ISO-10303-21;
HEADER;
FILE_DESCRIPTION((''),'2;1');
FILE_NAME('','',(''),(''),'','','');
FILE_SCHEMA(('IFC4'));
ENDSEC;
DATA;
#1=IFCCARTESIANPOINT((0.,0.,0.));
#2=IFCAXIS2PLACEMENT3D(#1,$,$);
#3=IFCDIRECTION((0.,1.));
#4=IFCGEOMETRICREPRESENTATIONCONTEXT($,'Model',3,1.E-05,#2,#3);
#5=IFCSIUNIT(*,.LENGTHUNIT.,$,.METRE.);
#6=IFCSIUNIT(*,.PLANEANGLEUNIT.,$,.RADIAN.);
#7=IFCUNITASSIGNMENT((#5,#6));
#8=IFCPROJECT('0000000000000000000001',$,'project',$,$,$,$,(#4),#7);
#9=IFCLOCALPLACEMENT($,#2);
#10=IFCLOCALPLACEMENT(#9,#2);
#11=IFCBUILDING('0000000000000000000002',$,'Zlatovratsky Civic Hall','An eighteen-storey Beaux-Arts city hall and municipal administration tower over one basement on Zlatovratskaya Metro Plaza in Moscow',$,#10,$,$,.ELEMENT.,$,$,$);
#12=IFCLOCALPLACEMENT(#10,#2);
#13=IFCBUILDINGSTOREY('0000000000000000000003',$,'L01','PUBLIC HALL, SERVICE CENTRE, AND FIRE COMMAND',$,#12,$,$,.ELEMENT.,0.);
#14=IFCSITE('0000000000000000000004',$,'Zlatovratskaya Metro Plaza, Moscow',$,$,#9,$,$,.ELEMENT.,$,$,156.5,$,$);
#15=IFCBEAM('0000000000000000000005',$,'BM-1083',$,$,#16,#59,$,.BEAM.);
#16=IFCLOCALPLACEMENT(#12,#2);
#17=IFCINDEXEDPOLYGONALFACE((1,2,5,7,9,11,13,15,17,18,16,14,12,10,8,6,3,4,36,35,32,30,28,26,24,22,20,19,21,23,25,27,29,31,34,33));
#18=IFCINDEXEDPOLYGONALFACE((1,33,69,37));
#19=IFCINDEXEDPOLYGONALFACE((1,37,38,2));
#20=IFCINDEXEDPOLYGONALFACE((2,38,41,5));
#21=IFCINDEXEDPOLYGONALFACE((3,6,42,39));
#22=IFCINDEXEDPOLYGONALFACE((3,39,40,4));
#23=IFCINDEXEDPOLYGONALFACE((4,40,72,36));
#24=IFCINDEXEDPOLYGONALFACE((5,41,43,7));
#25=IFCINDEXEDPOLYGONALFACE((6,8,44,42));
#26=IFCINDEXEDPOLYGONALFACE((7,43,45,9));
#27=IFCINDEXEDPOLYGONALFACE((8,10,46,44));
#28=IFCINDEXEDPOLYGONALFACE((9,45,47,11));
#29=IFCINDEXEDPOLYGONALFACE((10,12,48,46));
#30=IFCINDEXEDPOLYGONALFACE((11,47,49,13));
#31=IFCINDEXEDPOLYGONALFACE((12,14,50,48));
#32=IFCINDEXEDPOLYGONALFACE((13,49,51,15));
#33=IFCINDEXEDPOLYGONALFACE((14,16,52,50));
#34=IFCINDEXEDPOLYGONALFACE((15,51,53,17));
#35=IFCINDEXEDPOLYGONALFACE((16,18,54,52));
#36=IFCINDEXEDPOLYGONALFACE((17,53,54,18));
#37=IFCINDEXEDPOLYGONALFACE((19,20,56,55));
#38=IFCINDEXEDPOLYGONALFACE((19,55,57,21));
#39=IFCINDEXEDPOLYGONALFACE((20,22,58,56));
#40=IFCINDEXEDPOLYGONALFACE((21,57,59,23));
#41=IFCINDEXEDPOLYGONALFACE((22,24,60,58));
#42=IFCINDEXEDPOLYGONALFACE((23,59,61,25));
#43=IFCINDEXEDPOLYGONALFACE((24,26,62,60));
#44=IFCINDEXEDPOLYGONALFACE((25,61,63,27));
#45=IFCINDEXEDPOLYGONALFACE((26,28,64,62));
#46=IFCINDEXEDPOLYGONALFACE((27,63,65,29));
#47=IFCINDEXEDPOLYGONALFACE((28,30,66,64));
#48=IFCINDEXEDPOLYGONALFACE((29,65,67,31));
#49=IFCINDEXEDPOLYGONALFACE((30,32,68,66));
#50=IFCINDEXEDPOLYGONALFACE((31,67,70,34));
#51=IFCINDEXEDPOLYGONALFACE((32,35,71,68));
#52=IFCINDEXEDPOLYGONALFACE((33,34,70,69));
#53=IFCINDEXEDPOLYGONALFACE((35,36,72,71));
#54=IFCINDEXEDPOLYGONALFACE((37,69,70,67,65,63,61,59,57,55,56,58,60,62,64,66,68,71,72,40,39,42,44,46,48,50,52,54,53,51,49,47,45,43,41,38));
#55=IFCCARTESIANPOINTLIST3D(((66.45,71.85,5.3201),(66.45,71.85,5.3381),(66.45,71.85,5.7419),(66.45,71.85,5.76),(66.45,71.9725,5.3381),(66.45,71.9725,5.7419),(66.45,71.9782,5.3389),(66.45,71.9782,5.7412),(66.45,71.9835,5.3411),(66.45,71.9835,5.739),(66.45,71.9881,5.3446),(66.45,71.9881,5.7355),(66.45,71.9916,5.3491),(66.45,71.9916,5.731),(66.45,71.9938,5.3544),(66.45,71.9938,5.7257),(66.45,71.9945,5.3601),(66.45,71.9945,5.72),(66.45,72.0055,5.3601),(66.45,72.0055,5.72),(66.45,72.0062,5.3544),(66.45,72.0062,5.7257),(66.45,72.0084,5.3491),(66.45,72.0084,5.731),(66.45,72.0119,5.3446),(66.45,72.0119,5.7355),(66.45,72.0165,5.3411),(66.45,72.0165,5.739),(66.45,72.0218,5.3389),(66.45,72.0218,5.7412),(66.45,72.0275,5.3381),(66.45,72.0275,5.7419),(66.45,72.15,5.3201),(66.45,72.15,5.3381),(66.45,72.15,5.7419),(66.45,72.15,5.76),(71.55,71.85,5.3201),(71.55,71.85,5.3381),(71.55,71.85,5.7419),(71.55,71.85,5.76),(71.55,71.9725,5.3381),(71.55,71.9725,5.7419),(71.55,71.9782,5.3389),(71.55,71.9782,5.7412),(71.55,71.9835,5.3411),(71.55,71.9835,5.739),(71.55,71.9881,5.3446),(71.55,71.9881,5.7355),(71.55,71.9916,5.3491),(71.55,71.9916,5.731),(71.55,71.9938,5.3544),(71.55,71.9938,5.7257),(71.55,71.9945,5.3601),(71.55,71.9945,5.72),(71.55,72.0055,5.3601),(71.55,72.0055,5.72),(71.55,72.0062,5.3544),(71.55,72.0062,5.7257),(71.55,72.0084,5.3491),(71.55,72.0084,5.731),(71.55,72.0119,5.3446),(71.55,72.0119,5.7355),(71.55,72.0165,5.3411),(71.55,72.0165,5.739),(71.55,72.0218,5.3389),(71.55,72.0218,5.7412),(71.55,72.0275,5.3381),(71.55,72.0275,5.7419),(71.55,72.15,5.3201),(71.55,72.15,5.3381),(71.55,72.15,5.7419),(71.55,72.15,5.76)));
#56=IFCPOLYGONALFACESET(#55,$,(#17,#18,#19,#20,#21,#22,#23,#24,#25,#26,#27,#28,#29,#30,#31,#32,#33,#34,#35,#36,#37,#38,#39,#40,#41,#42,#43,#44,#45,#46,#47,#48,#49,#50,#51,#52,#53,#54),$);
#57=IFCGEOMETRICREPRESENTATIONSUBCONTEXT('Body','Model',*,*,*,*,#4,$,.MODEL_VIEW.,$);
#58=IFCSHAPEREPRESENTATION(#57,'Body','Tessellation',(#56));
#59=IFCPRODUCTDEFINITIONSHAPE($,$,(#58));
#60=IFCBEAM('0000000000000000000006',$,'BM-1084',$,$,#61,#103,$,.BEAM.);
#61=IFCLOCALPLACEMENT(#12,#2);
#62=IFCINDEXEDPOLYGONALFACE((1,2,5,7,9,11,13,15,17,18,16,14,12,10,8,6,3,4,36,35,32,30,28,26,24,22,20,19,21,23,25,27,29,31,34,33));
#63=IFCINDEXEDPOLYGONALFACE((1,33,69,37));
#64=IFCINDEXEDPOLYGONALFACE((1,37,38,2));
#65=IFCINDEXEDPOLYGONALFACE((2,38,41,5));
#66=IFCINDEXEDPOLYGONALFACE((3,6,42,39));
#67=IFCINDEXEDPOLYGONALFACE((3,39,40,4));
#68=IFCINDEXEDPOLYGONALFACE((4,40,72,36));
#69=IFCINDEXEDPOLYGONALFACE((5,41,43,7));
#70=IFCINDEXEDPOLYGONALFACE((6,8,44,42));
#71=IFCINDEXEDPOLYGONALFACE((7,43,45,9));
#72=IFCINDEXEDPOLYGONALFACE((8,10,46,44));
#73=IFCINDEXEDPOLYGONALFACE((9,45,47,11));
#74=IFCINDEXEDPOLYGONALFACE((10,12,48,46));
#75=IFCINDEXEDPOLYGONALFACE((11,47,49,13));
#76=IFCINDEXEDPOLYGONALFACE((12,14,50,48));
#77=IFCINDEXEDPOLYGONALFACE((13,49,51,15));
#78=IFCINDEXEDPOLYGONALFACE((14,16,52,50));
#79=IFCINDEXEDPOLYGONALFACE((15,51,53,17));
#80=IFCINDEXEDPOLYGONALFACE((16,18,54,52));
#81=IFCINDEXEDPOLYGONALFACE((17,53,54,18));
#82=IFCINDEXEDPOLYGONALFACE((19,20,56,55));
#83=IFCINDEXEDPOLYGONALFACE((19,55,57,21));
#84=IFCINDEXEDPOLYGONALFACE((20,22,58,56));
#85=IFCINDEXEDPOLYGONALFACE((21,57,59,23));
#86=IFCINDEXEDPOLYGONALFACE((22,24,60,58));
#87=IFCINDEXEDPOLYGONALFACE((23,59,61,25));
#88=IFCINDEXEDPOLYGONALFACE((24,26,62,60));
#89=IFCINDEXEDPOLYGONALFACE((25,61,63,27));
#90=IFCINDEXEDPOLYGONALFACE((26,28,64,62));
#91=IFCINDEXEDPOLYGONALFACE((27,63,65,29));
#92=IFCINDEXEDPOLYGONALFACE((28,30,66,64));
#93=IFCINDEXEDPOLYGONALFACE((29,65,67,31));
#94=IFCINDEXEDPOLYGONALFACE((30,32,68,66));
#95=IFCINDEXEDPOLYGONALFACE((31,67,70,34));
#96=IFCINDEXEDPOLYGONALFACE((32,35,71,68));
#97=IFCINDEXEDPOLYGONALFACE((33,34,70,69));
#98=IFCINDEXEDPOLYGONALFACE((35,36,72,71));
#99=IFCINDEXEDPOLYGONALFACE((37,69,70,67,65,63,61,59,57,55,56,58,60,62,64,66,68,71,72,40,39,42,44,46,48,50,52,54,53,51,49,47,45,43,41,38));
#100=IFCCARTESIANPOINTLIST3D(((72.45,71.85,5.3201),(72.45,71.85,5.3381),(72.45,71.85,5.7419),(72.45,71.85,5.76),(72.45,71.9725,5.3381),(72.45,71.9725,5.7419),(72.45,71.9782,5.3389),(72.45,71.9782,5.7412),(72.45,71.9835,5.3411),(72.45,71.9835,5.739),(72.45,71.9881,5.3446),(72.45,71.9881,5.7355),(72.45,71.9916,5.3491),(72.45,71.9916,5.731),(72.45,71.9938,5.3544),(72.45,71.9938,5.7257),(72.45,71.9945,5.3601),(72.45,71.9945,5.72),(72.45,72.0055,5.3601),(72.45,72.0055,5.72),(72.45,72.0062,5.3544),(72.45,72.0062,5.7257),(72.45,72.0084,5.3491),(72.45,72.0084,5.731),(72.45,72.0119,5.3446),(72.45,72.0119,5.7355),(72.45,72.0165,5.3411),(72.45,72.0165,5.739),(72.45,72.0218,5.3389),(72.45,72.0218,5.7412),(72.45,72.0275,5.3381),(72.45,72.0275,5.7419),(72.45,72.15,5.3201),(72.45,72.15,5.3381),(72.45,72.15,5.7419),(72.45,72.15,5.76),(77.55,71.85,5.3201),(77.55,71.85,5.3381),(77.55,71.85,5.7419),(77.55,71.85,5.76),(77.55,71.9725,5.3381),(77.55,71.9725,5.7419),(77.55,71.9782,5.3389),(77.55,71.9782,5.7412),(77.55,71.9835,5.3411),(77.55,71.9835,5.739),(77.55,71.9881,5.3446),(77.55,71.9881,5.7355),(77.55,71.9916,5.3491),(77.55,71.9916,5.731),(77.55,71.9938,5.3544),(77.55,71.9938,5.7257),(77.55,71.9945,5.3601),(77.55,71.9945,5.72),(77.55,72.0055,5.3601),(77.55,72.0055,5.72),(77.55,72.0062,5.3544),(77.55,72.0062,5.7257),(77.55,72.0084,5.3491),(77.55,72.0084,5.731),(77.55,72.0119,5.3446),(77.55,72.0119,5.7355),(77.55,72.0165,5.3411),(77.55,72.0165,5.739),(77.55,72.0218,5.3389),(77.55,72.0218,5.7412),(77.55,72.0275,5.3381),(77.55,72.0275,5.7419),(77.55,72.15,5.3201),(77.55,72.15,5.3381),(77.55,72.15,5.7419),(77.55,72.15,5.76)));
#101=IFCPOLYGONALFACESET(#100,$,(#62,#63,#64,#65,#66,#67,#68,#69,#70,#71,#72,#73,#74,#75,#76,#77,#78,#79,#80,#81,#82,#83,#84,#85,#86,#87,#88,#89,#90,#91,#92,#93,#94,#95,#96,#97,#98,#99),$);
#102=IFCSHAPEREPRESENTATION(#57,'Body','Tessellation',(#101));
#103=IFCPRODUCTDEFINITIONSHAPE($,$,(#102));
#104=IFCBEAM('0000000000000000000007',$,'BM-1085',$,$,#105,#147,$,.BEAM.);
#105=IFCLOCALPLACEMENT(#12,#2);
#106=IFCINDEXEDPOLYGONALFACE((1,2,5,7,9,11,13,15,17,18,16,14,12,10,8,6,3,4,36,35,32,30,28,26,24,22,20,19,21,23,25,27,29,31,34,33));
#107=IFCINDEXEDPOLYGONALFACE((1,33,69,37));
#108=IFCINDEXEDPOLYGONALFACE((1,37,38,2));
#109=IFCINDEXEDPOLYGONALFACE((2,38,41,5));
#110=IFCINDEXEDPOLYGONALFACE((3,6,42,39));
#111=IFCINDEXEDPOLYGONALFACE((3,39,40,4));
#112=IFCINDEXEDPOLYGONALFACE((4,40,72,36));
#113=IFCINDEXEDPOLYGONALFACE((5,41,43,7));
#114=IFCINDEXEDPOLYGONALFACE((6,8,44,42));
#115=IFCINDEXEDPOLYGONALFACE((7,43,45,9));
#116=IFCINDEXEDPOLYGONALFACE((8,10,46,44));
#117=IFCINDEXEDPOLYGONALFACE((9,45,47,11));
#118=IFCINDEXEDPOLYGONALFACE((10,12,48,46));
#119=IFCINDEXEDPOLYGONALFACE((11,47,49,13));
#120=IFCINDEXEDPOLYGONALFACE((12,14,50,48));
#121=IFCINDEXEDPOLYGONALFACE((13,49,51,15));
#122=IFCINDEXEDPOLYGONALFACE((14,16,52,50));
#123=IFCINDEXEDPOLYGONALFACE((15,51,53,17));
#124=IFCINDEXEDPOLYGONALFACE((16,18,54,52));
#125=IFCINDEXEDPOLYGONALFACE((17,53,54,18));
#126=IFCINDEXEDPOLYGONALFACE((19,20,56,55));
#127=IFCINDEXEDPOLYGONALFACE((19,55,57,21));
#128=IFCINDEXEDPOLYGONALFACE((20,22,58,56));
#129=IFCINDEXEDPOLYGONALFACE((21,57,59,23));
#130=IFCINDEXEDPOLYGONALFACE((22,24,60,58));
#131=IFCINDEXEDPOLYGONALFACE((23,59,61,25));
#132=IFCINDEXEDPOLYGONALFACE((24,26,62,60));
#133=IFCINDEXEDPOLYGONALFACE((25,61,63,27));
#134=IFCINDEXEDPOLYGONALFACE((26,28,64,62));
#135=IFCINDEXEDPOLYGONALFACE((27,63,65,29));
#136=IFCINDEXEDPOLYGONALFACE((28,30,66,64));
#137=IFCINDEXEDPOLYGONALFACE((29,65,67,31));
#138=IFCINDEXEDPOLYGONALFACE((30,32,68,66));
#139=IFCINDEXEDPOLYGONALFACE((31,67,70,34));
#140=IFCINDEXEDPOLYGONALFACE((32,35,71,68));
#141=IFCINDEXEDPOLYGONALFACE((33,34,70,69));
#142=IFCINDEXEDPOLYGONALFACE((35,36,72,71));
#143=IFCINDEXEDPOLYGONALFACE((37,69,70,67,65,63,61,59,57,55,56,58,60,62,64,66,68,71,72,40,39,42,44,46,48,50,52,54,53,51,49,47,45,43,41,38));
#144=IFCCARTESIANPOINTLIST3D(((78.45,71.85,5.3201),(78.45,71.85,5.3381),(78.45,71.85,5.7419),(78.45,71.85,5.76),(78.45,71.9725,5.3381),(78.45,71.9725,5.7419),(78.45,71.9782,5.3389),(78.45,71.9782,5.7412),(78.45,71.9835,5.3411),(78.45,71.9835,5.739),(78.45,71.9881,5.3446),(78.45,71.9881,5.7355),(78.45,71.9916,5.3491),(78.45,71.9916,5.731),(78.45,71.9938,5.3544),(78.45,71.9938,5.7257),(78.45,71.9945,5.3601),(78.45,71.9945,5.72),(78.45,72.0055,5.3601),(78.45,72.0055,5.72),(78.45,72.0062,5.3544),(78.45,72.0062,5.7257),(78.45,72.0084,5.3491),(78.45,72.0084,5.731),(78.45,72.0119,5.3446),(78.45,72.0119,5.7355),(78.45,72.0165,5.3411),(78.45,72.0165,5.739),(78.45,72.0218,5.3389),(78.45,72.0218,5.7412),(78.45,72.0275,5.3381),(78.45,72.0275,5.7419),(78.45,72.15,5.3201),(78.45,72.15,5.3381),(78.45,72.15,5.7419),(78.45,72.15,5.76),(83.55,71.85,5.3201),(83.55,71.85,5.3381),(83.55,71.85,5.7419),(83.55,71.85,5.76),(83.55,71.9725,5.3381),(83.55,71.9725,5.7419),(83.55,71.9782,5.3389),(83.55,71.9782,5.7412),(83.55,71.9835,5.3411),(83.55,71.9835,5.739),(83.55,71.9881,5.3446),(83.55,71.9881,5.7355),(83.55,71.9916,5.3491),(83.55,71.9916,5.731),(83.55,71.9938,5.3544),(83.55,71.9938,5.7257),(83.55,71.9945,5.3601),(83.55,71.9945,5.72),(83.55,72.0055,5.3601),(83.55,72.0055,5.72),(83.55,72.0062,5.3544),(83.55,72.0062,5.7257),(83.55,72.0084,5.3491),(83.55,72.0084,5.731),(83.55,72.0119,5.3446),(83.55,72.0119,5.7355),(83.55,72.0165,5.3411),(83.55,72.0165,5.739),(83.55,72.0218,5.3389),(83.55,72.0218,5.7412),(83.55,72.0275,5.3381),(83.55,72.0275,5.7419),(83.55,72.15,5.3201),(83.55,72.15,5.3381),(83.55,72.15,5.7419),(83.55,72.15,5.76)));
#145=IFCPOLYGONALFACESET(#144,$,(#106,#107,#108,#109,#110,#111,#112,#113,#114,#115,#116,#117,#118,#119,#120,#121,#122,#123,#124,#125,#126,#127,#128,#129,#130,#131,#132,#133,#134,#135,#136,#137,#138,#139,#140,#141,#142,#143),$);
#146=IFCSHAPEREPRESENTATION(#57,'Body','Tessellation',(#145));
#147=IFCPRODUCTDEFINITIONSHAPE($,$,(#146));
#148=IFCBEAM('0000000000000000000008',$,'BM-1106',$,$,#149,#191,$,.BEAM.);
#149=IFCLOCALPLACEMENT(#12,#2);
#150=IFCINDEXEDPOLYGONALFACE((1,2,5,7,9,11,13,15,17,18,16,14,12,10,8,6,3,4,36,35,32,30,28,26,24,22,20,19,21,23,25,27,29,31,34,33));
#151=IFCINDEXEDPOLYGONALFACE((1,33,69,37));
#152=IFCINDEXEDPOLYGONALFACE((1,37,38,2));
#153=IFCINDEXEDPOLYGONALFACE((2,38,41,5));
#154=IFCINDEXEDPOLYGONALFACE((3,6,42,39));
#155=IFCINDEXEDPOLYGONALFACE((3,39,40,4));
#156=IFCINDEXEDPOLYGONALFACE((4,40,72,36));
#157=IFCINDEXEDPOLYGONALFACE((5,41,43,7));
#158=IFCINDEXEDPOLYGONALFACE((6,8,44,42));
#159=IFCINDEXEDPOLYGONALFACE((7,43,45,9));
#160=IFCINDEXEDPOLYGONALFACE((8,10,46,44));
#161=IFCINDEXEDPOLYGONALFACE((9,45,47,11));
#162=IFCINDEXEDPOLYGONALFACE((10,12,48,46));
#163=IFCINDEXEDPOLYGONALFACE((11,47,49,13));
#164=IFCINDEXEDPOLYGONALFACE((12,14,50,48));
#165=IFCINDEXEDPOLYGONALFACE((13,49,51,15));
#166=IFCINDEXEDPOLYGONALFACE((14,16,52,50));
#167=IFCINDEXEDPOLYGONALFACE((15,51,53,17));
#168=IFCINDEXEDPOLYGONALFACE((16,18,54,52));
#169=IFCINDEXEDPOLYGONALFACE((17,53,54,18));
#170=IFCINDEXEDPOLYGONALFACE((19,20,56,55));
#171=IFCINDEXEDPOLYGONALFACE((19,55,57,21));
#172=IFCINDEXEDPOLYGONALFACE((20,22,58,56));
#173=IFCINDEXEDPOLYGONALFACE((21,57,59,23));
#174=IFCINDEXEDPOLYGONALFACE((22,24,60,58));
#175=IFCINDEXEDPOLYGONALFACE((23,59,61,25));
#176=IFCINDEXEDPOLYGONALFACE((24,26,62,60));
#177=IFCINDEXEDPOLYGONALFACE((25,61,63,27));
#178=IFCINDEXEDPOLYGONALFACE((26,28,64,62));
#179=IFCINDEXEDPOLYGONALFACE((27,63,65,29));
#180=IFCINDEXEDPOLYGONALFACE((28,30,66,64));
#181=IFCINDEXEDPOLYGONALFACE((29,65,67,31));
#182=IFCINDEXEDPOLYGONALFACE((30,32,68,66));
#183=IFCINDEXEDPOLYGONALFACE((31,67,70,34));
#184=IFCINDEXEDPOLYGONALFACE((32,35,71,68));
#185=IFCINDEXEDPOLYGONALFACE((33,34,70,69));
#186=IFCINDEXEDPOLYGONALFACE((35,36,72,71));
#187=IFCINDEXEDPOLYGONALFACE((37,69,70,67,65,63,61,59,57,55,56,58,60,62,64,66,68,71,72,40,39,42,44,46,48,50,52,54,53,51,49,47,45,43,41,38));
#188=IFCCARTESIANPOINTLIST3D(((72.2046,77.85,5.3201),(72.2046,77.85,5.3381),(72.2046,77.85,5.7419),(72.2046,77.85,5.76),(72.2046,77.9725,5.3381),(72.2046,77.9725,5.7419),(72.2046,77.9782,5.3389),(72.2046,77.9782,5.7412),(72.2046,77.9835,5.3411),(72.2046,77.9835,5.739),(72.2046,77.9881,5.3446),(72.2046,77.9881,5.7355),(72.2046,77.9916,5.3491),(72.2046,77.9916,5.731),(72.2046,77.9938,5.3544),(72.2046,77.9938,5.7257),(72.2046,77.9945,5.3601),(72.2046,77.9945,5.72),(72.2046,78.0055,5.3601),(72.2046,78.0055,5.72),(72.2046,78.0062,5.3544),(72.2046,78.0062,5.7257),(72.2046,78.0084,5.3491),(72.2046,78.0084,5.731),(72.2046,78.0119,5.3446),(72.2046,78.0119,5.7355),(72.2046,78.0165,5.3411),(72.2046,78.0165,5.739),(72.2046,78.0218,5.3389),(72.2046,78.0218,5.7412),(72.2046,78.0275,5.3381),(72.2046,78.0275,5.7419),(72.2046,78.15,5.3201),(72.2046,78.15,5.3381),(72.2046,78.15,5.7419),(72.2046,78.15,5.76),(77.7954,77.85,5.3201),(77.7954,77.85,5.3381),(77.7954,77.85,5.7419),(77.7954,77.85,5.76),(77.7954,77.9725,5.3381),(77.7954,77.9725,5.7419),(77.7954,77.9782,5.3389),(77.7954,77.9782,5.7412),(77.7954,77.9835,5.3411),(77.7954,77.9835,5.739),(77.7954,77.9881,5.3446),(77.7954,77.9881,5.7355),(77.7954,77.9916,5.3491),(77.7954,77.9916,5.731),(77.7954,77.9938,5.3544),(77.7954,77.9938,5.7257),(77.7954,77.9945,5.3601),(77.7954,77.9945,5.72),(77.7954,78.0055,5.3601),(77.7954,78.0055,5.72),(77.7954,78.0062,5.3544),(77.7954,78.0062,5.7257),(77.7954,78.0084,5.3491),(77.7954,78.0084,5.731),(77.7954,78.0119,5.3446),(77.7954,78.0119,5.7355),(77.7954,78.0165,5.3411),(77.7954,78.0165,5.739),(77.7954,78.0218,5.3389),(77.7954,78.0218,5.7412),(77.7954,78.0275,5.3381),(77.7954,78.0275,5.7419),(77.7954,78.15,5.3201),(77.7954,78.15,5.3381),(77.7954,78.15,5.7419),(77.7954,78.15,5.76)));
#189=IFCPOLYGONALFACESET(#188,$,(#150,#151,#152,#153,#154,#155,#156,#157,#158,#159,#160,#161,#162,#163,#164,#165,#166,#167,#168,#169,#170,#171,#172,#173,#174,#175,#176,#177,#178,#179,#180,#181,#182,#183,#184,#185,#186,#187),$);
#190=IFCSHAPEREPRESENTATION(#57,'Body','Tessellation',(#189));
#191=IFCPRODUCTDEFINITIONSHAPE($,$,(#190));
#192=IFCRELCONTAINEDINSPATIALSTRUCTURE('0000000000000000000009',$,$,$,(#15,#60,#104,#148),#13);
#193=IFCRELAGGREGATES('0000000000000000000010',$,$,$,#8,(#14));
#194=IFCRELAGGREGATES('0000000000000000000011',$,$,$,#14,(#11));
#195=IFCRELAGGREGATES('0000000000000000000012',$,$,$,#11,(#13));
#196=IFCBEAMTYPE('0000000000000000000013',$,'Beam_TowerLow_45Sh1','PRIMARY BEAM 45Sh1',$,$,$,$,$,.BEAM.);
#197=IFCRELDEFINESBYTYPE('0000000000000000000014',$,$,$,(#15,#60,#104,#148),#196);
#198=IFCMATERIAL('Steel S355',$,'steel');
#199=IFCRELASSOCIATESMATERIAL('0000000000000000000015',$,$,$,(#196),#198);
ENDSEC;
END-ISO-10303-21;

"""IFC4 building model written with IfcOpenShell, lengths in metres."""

from ifc_helpers import new_model, si_unit, direction, frame, origin, origin_2d, place, context, subcontext, project, spatial, i_section, extrude, material, material_profile, profile_set, type_object, element, save


model = new_model("IFC4")

# Units and contexts
model_context = context("Model", 3, precision=1e-05, world=origin(), true_north=direction((0.0, 1.0)))
body_context = subcontext(model_context, "Body", "Model", "MODEL_VIEW")
ifc_project = project(units=[si_unit("LENGTHUNIT", "METRE"), si_unit("PLANEANGLEUNIT", "RADIAN")], contexts=[model_context])

# Site, building, storey
site_placement = place(None, origin())
site = spatial("IfcSite", under=ifc_project, at=site_placement, Name="Zlatovratskaya Metro Plaza, Moscow", CompositionType="ELEMENT", RefElevation=156.5)
building_placement = place(site_placement, origin())
building = spatial("IfcBuilding", under=site, at=building_placement, Name="Zlatovratsky Civic Hall", Description="An eighteen-storey Beaux-Arts city hall and municipal administration tower over one basement on Zlatovratskaya Metro Plaza in Moscow", CompositionType="ELEMENT")
storey_placement = place(building_placement, origin())
storey = spatial("IfcBuildingStorey", under=building, at=storey_placement, Name="L01", Description="PUBLIC HALL, SERVICE CENTRE, AND FIRE COMMAND", CompositionType="ELEMENT", Elevation=0.0)

# Shared definitions
ifc_material_1 = material(Name="Steel S355", Category="steel")

# Beams
ifc_material_profile_1 = material_profile(ifc_material_1, i_section(OverallWidth=0.3, OverallDepth=0.4399, WebThickness=0.011, FlangeThickness=0.0181, FilletRadius=0.022, at=origin_2d()), Name="45Sh1")
ifc_profile_set_1 = profile_set([ifc_material_profile_1], Name="Steel S355")
beam_type = type_object("IfcBeamType", Name="Beam_TowerLow_45Sh1", Description="PRIMARY BEAM 45Sh1", PredefinedType="BEAM", material=ifc_profile_set_1)
for number, where, z_axis, x_axis, name in (
    (1, (66.45, 72.0, 5.54), (1.0, 0.0, 0.0), (0.0, 1.0, 0.0), "BM-1083"),
    (2, (72.45, 72.0, 5.54), (1.0, 0.0, 0.0), (0.0, 1.0, 0.0), "BM-1084"),
    (3, (78.45, 72.0, 5.54), (1.0, 0.0, 0.0), (0.0, 1.0, 0.0), "BM-1085"),
):
    element("IfcBeam", number, at=place(storey_placement, frame(where, z_axis=z_axis, x_axis=x_axis)), inside=storey, type_object=beam_type, Name=name, PredefinedType="BEAM", context=body_context, shape_type="SweptSolid", body=[
        extrude(i_section(OverallWidth=0.3, OverallDepth=0.4399, WebThickness=0.011, FlangeThickness=0.0181, FilletRadius=0.022, at=origin_2d()), origin(), (0.0, 0.0, 1.0), 5.1001),
    ])
for number, where, z_axis, x_axis, name in (
    (4, (72.2046, 78.0, 5.54), (1.0, 0.0, 0.0), (0.0, 1.0, 0.0), "BM-1106"),
):
    element("IfcBeam", number, at=place(storey_placement, frame(where, z_axis=z_axis, x_axis=x_axis)), inside=storey, type_object=beam_type, Name=name, PredefinedType="BEAM", context=body_context, shape_type="SweptSolid", body=[
        extrude(i_section(OverallWidth=0.3, OverallDepth=0.4399, WebThickness=0.011, FlangeThickness=0.0181, FilletRadius=0.022, at=origin_2d()), origin(), (0.0, 0.0, 1.0), 5.5908),
    ])

save(model, "model.ifc")
